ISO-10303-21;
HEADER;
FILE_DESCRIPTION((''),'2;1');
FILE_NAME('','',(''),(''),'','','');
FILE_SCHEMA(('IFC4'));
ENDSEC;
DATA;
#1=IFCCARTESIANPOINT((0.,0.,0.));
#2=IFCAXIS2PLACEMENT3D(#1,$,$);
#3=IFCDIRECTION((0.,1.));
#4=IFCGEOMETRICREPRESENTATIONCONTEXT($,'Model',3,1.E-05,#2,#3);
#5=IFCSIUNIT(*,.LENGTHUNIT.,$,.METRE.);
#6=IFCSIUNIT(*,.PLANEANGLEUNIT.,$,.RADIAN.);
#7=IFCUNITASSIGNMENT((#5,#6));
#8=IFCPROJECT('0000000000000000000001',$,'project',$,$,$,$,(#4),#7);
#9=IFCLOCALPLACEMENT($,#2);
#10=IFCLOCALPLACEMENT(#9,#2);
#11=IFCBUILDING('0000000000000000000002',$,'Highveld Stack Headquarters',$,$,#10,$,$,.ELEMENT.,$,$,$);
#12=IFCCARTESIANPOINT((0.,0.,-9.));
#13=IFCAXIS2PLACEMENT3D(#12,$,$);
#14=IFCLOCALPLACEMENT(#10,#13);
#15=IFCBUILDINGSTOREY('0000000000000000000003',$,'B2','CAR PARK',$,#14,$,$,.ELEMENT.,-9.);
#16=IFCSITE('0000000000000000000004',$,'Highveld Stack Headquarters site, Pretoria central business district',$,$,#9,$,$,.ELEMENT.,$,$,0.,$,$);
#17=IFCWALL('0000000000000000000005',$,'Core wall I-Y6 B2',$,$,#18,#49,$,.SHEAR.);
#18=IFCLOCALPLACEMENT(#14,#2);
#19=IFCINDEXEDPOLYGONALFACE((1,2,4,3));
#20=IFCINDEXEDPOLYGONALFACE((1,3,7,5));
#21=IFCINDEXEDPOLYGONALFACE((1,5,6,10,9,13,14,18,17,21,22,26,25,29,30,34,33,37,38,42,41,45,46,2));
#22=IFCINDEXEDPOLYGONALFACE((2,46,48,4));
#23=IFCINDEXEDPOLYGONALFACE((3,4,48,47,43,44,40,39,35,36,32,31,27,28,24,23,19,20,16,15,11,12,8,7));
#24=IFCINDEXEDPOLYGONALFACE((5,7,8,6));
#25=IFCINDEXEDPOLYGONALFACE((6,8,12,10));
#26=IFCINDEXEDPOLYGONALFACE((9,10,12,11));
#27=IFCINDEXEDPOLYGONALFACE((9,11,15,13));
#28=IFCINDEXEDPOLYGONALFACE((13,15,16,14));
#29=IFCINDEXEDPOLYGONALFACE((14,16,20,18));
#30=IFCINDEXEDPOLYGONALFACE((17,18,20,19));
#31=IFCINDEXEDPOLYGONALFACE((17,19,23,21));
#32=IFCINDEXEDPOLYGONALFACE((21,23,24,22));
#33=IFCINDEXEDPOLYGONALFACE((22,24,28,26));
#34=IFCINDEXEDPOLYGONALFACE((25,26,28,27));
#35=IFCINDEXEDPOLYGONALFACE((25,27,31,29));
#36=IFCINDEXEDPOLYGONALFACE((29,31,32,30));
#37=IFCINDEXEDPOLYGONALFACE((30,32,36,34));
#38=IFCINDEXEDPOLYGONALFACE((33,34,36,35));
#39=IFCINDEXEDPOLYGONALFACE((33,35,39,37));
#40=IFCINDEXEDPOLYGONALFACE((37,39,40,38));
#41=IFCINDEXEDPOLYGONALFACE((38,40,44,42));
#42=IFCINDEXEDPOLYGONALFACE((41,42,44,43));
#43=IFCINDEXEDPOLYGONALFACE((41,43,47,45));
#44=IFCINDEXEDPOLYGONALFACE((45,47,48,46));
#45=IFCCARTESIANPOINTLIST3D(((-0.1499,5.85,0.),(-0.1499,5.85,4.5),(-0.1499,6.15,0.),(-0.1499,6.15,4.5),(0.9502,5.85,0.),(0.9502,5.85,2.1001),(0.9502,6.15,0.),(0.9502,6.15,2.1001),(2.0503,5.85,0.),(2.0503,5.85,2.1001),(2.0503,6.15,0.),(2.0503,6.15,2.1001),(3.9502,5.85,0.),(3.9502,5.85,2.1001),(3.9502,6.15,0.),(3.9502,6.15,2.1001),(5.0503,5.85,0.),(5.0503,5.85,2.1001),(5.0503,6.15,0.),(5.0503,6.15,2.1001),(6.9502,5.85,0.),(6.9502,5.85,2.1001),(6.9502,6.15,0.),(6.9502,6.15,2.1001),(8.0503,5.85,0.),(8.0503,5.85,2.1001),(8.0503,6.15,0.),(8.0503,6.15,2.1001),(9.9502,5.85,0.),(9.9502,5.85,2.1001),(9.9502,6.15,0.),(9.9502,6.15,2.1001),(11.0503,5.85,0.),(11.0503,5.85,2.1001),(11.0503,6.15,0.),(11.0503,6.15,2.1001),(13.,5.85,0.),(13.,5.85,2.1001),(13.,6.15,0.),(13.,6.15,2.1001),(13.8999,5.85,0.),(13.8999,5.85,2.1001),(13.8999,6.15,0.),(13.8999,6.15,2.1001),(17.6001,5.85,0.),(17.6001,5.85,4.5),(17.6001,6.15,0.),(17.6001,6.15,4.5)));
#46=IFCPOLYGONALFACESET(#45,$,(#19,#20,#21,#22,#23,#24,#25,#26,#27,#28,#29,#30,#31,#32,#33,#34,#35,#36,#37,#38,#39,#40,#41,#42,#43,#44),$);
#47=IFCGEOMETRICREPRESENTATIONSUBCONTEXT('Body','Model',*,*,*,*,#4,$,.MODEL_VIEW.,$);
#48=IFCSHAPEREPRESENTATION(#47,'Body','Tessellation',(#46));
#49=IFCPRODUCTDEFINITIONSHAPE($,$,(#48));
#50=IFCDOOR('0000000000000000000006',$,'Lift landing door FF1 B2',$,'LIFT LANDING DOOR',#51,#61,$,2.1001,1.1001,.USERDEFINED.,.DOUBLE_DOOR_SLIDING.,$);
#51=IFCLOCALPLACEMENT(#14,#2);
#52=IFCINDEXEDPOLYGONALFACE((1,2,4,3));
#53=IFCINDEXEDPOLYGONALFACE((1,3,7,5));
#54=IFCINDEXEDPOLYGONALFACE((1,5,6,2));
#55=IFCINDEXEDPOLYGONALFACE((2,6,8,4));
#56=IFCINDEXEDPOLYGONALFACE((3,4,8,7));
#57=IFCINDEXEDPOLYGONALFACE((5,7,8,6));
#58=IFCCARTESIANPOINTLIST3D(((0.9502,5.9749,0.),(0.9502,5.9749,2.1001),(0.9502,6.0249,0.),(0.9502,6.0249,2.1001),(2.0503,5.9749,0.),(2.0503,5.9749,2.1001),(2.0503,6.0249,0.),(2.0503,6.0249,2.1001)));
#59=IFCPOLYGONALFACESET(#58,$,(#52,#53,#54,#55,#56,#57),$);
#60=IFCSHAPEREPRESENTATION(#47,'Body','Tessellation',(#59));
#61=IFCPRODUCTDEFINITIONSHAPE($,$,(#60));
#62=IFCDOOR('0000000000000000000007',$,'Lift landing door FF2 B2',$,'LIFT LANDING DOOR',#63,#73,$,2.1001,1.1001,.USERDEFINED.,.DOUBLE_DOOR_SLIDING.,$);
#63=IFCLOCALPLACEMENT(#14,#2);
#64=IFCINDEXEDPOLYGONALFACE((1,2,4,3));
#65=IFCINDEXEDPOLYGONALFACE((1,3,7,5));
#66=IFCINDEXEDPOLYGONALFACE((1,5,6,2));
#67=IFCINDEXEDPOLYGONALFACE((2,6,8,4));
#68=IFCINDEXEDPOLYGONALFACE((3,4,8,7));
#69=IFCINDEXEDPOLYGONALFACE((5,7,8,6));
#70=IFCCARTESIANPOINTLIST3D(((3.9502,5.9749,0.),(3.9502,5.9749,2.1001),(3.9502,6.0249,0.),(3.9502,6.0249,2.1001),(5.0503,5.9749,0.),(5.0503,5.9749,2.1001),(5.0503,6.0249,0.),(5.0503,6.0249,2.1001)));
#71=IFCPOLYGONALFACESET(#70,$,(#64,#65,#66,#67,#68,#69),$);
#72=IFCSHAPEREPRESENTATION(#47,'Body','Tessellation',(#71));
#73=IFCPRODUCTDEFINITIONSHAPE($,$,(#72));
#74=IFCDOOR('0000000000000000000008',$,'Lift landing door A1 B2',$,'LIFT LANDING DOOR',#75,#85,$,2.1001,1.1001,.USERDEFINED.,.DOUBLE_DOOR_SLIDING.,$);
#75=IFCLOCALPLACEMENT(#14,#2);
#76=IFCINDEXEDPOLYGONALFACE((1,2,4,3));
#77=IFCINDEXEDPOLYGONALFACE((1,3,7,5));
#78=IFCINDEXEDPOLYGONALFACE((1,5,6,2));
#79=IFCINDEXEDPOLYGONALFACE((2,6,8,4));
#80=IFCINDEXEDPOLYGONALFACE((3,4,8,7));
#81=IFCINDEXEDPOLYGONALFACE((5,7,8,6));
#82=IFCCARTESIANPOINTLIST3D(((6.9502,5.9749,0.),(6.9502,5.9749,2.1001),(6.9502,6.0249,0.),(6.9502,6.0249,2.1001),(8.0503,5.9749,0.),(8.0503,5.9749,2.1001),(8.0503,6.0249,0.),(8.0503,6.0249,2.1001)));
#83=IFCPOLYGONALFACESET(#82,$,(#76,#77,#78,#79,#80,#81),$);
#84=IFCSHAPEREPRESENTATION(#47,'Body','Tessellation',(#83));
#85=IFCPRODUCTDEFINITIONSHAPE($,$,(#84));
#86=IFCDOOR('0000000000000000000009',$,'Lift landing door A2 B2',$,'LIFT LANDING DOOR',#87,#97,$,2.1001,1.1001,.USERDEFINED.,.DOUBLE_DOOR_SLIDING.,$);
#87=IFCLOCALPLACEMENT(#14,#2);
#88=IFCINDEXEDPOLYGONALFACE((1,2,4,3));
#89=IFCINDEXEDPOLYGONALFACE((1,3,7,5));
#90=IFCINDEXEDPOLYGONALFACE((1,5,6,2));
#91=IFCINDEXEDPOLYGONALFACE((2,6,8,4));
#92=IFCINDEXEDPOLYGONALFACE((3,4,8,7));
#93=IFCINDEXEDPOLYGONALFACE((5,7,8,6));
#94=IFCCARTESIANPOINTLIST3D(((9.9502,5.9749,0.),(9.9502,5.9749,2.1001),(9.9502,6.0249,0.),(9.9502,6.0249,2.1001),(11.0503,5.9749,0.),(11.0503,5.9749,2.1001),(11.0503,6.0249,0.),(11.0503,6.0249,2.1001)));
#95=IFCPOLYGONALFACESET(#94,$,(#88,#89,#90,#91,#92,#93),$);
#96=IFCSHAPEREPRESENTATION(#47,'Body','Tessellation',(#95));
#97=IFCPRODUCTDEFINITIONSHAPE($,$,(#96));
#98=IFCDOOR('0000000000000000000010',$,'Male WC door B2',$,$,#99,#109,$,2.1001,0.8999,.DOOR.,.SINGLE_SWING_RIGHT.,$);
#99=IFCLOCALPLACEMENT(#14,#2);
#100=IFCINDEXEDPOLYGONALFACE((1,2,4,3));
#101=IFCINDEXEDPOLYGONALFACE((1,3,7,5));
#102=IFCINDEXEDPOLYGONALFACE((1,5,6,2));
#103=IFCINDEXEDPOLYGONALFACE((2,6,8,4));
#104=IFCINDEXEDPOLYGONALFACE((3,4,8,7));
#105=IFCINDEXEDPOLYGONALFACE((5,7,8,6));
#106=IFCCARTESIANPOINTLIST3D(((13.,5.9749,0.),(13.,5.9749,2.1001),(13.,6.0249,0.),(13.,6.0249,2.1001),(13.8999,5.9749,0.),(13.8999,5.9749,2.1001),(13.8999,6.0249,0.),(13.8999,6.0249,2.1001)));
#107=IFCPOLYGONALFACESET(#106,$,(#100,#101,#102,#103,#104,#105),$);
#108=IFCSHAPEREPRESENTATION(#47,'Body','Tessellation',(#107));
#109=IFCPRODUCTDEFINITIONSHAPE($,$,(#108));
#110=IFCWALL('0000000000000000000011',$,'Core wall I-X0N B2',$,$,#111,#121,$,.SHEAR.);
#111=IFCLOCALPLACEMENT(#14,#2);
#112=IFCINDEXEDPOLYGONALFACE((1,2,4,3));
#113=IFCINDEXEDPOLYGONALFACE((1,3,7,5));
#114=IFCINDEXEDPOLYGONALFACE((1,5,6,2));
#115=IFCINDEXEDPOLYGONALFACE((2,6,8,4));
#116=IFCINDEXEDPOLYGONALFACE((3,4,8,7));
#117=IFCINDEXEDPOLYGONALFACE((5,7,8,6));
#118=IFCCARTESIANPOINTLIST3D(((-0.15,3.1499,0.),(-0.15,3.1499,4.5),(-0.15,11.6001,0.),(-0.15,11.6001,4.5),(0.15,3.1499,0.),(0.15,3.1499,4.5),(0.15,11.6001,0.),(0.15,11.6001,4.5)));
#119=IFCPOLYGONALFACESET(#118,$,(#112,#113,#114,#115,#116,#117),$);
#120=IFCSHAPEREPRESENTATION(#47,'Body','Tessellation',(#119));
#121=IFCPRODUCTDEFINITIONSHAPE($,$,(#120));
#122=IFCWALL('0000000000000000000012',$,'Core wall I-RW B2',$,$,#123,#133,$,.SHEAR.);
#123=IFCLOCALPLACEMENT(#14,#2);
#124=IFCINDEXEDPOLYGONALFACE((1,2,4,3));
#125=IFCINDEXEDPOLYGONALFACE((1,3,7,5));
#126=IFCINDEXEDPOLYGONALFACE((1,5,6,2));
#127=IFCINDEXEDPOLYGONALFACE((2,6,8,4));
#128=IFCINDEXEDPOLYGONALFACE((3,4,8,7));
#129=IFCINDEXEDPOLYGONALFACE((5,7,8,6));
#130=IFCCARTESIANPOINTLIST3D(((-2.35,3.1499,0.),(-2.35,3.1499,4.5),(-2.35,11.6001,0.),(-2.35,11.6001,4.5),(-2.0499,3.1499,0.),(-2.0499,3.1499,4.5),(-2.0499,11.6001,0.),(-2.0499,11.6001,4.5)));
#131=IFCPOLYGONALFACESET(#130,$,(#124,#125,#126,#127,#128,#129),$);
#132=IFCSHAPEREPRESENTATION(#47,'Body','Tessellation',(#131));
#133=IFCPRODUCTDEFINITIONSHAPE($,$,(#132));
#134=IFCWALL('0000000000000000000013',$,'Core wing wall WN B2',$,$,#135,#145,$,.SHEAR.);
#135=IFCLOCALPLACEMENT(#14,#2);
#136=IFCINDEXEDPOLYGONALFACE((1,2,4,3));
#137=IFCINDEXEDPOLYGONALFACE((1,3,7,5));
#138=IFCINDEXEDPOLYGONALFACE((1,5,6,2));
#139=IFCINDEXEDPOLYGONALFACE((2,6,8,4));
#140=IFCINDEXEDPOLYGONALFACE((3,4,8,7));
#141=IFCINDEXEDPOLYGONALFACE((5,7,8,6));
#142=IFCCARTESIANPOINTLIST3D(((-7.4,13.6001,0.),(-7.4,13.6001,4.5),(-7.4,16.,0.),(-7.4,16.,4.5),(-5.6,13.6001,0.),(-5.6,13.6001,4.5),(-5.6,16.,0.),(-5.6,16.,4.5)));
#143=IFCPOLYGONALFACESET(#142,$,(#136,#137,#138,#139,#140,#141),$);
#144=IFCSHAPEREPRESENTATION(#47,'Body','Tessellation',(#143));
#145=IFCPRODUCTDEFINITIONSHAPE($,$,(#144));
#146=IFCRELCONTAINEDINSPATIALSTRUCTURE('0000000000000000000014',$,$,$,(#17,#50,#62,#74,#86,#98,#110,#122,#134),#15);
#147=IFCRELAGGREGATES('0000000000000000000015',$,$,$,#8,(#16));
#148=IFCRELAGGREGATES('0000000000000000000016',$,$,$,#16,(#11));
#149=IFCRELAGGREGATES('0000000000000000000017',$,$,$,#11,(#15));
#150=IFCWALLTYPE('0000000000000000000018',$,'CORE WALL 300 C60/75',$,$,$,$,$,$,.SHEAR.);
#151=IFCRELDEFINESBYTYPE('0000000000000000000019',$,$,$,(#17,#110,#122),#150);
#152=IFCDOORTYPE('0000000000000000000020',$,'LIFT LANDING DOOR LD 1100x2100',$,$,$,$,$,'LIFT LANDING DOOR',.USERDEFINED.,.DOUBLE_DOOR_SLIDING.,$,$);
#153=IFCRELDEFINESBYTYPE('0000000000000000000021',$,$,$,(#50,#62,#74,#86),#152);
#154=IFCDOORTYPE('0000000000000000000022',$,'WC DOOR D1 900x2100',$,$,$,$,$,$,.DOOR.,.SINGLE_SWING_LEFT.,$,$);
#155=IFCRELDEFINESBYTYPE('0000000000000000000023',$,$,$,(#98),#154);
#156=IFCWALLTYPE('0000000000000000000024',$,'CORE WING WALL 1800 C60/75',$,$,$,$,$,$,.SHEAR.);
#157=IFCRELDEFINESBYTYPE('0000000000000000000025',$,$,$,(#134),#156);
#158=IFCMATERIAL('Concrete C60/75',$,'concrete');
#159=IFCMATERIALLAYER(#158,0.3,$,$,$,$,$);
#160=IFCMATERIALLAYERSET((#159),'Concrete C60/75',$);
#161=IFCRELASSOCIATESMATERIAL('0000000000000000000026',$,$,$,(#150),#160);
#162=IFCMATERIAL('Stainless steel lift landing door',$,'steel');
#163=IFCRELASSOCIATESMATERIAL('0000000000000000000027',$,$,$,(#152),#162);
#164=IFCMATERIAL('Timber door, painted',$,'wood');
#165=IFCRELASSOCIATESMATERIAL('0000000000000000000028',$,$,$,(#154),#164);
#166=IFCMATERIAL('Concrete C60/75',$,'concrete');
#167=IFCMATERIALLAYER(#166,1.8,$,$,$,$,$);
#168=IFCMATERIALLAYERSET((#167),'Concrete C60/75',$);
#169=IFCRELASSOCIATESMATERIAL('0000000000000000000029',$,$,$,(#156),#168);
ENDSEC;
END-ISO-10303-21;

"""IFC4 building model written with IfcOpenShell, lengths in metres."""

from ifc_helpers import new_model, si_unit, direction, frame, frame_2d, origin, place, context, subcontext, project, spatial, rectangle, extrude, material, layer, layer_set, type_object, element, fill, save


model = new_model("IFC4")

# Units and contexts
model_context = context("Model", 3, precision=1e-05, world=origin(), true_north=direction((0.0, 1.0)))
body_context = subcontext(model_context, "Body", "Model", "MODEL_VIEW")
ifc_project = project(units=[si_unit("LENGTHUNIT", "METRE"), si_unit("PLANEANGLEUNIT", "RADIAN")], contexts=[model_context])

# Site, building, storey
site_placement = place(None, origin())
site = spatial("IfcSite", under=ifc_project, at=site_placement, Name="Highveld Stack Headquarters site, Pretoria central business district", CompositionType="ELEMENT", RefElevation=0.0)
building_placement = place(site_placement, origin())
building = spatial("IfcBuilding", under=site, at=building_placement, Name="Highveld Stack Headquarters", CompositionType="ELEMENT")
storey_placement = place(building_placement, frame((0.0, 0.0, -9.0)))
storey = spatial("IfcBuildingStorey", under=building, at=storey_placement, Name="B2", Description="CAR PARK", CompositionType="ELEMENT", Elevation=-9.0)

# Wall, openings, doors
ifc_material_1 = material(Name="Concrete C60/75", Category="concrete")
ifc_layer_1 = layer(ifc_material_1, 0.3)
ifc_layer_set_1 = layer_set([ifc_layer_1], Name="Concrete C60/75")
wall_type_1 = type_object("IfcWallType", Name="CORE WALL 300 C60/75", PredefinedType="SHEAR", material=ifc_layer_set_1)
wall_1_placement = place(storey_placement, frame((-0.1499, 6.0, 0.0), z_axis=(0.0, 0.0, 1.0), x_axis=(1.0, 0.0, 0.0)))
wall_1 = element("IfcWall", 1, at=wall_1_placement, inside=storey, type_object=wall_type_1, Name="Core wall I-Y6 B2", PredefinedType="SHEAR", context=body_context, shape_type="SweptSolid", body=[
    extrude(rectangle(XDim=17.75, YDim=0.3, at=frame_2d((8.875, 0.0))), origin(), (0.0, 0.0, 1.0), 4.5),
])
opening_1_placement = place(wall_1_placement, frame((13.1499, 0.0, 0.0)))
opening_1 = element("IfcOpeningElement", 2, at=opening_1_placement, cuts=wall_1, PredefinedType="OPENING", context=body_context, shape_type="SweptSolid", body=[
    extrude(rectangle(XDim=0.8999, YDim=2.1001, at=frame_2d((0.45, 1.05))), frame((0.0, 0.1599, 0.0), z_axis=(0.0, -1.0, 0.0), x_axis=(1.0, 0.0, 0.0)), (0.0, 0.0, 1.0), 0.3201),
])
opening_2_placement = place(wall_1_placement, frame((1.1001, 0.0, 0.0)))
opening_2 = element("IfcOpeningElement", 3, at=opening_2_placement, cuts=wall_1, PredefinedType="OPENING", context=body_context, shape_type="SweptSolid", body=[
    extrude(rectangle(XDim=1.1001, YDim=2.1001, at=frame_2d((0.55, 1.05))), frame((0.0, 0.1599, 0.0), z_axis=(0.0, -1.0, 0.0), x_axis=(1.0, 0.0, 0.0)), (0.0, 0.0, 1.0), 0.3201),
])
opening_3_placement = place(wall_1_placement, frame((4.1001, 0.0, 0.0)))
opening_3 = element("IfcOpeningElement", 4, at=opening_3_placement, cuts=wall_1, PredefinedType="OPENING", context=body_context, shape_type="SweptSolid", body=[
    extrude(rectangle(XDim=1.1001, YDim=2.1001, at=frame_2d((0.55, 1.05))), frame((0.0, 0.1599, 0.0), z_axis=(0.0, -1.0, 0.0), x_axis=(1.0, 0.0, 0.0)), (0.0, 0.0, 1.0), 0.3201),
])
opening_4_placement = place(wall_1_placement, frame((7.1001, 0.0, 0.0)))
opening_4 = element("IfcOpeningElement", 5, at=opening_4_placement, cuts=wall_1, PredefinedType="OPENING", context=body_context, shape_type="SweptSolid", body=[
    extrude(rectangle(XDim=1.1001, YDim=2.1001, at=frame_2d((0.55, 1.05))), frame((0.0, 0.1599, 0.0), z_axis=(0.0, -1.0, 0.0), x_axis=(1.0, 0.0, 0.0)), (0.0, 0.0, 1.0), 0.3201),
])
opening_5_placement = place(wall_1_placement, frame((10.1001, 0.0, 0.0)))
opening_5 = element("IfcOpeningElement", 6, at=opening_5_placement, cuts=wall_1, PredefinedType="OPENING", context=body_context, shape_type="SweptSolid", body=[
    extrude(rectangle(XDim=1.1001, YDim=2.1001, at=frame_2d((0.55, 1.05))), frame((0.0, 0.1599, 0.0), z_axis=(0.0, -1.0, 0.0), x_axis=(1.0, 0.0, 0.0)), (0.0, 0.0, 1.0), 0.3201),
])
ifc_material_2 = material(Name="Stainless steel lift landing door", Category="steel")
door_type_1 = type_object("IfcDoorType", Name="LIFT LANDING DOOR LD 1100x2100", ElementType="LIFT LANDING DOOR", OperationType="DOUBLE_DOOR_SLIDING", PredefinedType="USERDEFINED", material=ifc_material_2)
door_1_placement = place(opening_2_placement, origin())
door_1 = element("IfcDoor", 7, at=door_1_placement, inside=storey, type_object=door_type_1, Name="Lift landing door FF1 B2", ObjectType="LIFT LANDING DOOR", OperationType="DOUBLE_DOOR_SLIDING", OverallHeight=2.1001, OverallWidth=1.1001, PredefinedType="USERDEFINED", context=body_context, shape_type="SweptSolid", body=[
    extrude(rectangle(XDim=1.1001, YDim=2.1001, at=frame_2d((0.55, 1.05))), frame((0.0, 0.0249, 0.0), z_axis=(0.0, -1.0, 0.0), x_axis=(1.0, 0.0, 0.0)), (0.0, 0.0, 1.0), 0.05),
])
fill(opening_2, door_1)
door_2_placement = place(opening_3_placement, origin())
door_2 = element("IfcDoor", 8, at=door_2_placement, inside=storey, type_object=door_type_1, Name="Lift landing door FF2 B2", ObjectType="LIFT LANDING DOOR", OperationType="DOUBLE_DOOR_SLIDING", OverallHeight=2.1001, OverallWidth=1.1001, PredefinedType="USERDEFINED", context=body_context, shape_type="SweptSolid", body=[
    extrude(rectangle(XDim=1.1001, YDim=2.1001, at=frame_2d((0.55, 1.05))), frame((0.0, 0.0249, 0.0), z_axis=(0.0, -1.0, 0.0), x_axis=(1.0, 0.0, 0.0)), (0.0, 0.0, 1.0), 0.05),
])
fill(opening_3, door_2)
door_3_placement = place(opening_4_placement, origin())
door_3 = element("IfcDoor", 9, at=door_3_placement, inside=storey, type_object=door_type_1, Name="Lift landing door A1 B2", ObjectType="LIFT LANDING DOOR", OperationType="DOUBLE_DOOR_SLIDING", OverallHeight=2.1001, OverallWidth=1.1001, PredefinedType="USERDEFINED", context=body_context, shape_type="SweptSolid", body=[
    extrude(rectangle(XDim=1.1001, YDim=2.1001, at=frame_2d((0.55, 1.05))), frame((0.0, 0.0249, 0.0), z_axis=(0.0, -1.0, 0.0), x_axis=(1.0, 0.0, 0.0)), (0.0, 0.0, 1.0), 0.05),
])
fill(opening_4, door_3)
door_4_placement = place(opening_5_placement, origin())
door_4 = element("IfcDoor", 10, at=door_4_placement, inside=storey, type_object=door_type_1, Name="Lift landing door A2 B2", ObjectType="LIFT LANDING DOOR", OperationType="DOUBLE_DOOR_SLIDING", OverallHeight=2.1001, OverallWidth=1.1001, PredefinedType="USERDEFINED", context=body_context, shape_type="SweptSolid", body=[
    extrude(rectangle(XDim=1.1001, YDim=2.1001, at=frame_2d((0.55, 1.05))), frame((0.0, 0.0249, 0.0), z_axis=(0.0, -1.0, 0.0), x_axis=(1.0, 0.0, 0.0)), (0.0, 0.0, 1.0), 0.05),
])
fill(opening_5, door_4)
ifc_material_3 = material(Name="Timber door, painted", Category="wood")
door_type_2 = type_object("IfcDoorType", Name="WC DOOR D1 900x2100", OperationType="SINGLE_SWING_LEFT", PredefinedType="DOOR", material=ifc_material_3)
door_5_placement = place(opening_1_placement, origin())
door_5 = element("IfcDoor", 11, at=door_5_placement, inside=storey, type_object=door_type_2, Name="Male WC door B2", OperationType="SINGLE_SWING_RIGHT", OverallHeight=2.1001, OverallWidth=0.8999, PredefinedType="DOOR", context=body_context, shape_type="SweptSolid", body=[
    extrude(rectangle(XDim=0.8999, YDim=2.1001, at=frame_2d((0.45, 1.05))), frame((0.0, 0.0249, 0.0), z_axis=(0.0, -1.0, 0.0), x_axis=(1.0, 0.0, 0.0)), (0.0, 0.0, 1.0), 0.05),
])
fill(opening_1, door_5)

# Walls
for number, where, z_axis, x_axis, name in (
    (12, (0.0, 3.1499, 0.0), (0.0, 0.0, 1.0), (0.0, 1.0, 0.0), "Core wall I-X0N B2"),
    (13, (-2.2, 3.1499, 0.0), (0.0, 0.0, 1.0), (0.0, 1.0, 0.0), "Core wall I-RW B2"),
):
    element("IfcWall", number, at=place(storey_placement, frame(where, z_axis=z_axis, x_axis=x_axis)), inside=storey, type_object=wall_type_1, Name=name, PredefinedType="SHEAR", context=body_context, shape_type="SweptSolid", body=[
        extrude(rectangle(XDim=8.4502, YDim=0.3, at=frame_2d((4.2251, 0.0))), origin(), (0.0, 0.0, 1.0), 4.5),
    ])
ifc_material_4 = material(Name="Concrete C60/75", Category="concrete")
ifc_layer_2 = layer(ifc_material_4, 1.8)
ifc_layer_set_2 = layer_set([ifc_layer_2], Name="Concrete C60/75")
wall_type_2 = type_object("IfcWallType", Name="CORE WING WALL 1800 C60/75", PredefinedType="SHEAR", material=ifc_layer_set_2)
wall_2_placement = place(storey_placement, frame((-6.5, 13.6001, 0.0), z_axis=(0.0, 0.0, 1.0), x_axis=(0.0, 1.0, 0.0)))
element("IfcWall", 14, at=wall_2_placement, inside=storey, type_object=wall_type_2, Name="Core wing wall WN B2", PredefinedType="SHEAR", context=body_context, shape_type="SweptSolid", body=[
    extrude(rectangle(XDim=2.3999, YDim=1.8, at=frame_2d((1.2, 0.0))), origin(), (0.0, 0.0, 1.0), 4.5),
])

save(model, "model.ifc")
